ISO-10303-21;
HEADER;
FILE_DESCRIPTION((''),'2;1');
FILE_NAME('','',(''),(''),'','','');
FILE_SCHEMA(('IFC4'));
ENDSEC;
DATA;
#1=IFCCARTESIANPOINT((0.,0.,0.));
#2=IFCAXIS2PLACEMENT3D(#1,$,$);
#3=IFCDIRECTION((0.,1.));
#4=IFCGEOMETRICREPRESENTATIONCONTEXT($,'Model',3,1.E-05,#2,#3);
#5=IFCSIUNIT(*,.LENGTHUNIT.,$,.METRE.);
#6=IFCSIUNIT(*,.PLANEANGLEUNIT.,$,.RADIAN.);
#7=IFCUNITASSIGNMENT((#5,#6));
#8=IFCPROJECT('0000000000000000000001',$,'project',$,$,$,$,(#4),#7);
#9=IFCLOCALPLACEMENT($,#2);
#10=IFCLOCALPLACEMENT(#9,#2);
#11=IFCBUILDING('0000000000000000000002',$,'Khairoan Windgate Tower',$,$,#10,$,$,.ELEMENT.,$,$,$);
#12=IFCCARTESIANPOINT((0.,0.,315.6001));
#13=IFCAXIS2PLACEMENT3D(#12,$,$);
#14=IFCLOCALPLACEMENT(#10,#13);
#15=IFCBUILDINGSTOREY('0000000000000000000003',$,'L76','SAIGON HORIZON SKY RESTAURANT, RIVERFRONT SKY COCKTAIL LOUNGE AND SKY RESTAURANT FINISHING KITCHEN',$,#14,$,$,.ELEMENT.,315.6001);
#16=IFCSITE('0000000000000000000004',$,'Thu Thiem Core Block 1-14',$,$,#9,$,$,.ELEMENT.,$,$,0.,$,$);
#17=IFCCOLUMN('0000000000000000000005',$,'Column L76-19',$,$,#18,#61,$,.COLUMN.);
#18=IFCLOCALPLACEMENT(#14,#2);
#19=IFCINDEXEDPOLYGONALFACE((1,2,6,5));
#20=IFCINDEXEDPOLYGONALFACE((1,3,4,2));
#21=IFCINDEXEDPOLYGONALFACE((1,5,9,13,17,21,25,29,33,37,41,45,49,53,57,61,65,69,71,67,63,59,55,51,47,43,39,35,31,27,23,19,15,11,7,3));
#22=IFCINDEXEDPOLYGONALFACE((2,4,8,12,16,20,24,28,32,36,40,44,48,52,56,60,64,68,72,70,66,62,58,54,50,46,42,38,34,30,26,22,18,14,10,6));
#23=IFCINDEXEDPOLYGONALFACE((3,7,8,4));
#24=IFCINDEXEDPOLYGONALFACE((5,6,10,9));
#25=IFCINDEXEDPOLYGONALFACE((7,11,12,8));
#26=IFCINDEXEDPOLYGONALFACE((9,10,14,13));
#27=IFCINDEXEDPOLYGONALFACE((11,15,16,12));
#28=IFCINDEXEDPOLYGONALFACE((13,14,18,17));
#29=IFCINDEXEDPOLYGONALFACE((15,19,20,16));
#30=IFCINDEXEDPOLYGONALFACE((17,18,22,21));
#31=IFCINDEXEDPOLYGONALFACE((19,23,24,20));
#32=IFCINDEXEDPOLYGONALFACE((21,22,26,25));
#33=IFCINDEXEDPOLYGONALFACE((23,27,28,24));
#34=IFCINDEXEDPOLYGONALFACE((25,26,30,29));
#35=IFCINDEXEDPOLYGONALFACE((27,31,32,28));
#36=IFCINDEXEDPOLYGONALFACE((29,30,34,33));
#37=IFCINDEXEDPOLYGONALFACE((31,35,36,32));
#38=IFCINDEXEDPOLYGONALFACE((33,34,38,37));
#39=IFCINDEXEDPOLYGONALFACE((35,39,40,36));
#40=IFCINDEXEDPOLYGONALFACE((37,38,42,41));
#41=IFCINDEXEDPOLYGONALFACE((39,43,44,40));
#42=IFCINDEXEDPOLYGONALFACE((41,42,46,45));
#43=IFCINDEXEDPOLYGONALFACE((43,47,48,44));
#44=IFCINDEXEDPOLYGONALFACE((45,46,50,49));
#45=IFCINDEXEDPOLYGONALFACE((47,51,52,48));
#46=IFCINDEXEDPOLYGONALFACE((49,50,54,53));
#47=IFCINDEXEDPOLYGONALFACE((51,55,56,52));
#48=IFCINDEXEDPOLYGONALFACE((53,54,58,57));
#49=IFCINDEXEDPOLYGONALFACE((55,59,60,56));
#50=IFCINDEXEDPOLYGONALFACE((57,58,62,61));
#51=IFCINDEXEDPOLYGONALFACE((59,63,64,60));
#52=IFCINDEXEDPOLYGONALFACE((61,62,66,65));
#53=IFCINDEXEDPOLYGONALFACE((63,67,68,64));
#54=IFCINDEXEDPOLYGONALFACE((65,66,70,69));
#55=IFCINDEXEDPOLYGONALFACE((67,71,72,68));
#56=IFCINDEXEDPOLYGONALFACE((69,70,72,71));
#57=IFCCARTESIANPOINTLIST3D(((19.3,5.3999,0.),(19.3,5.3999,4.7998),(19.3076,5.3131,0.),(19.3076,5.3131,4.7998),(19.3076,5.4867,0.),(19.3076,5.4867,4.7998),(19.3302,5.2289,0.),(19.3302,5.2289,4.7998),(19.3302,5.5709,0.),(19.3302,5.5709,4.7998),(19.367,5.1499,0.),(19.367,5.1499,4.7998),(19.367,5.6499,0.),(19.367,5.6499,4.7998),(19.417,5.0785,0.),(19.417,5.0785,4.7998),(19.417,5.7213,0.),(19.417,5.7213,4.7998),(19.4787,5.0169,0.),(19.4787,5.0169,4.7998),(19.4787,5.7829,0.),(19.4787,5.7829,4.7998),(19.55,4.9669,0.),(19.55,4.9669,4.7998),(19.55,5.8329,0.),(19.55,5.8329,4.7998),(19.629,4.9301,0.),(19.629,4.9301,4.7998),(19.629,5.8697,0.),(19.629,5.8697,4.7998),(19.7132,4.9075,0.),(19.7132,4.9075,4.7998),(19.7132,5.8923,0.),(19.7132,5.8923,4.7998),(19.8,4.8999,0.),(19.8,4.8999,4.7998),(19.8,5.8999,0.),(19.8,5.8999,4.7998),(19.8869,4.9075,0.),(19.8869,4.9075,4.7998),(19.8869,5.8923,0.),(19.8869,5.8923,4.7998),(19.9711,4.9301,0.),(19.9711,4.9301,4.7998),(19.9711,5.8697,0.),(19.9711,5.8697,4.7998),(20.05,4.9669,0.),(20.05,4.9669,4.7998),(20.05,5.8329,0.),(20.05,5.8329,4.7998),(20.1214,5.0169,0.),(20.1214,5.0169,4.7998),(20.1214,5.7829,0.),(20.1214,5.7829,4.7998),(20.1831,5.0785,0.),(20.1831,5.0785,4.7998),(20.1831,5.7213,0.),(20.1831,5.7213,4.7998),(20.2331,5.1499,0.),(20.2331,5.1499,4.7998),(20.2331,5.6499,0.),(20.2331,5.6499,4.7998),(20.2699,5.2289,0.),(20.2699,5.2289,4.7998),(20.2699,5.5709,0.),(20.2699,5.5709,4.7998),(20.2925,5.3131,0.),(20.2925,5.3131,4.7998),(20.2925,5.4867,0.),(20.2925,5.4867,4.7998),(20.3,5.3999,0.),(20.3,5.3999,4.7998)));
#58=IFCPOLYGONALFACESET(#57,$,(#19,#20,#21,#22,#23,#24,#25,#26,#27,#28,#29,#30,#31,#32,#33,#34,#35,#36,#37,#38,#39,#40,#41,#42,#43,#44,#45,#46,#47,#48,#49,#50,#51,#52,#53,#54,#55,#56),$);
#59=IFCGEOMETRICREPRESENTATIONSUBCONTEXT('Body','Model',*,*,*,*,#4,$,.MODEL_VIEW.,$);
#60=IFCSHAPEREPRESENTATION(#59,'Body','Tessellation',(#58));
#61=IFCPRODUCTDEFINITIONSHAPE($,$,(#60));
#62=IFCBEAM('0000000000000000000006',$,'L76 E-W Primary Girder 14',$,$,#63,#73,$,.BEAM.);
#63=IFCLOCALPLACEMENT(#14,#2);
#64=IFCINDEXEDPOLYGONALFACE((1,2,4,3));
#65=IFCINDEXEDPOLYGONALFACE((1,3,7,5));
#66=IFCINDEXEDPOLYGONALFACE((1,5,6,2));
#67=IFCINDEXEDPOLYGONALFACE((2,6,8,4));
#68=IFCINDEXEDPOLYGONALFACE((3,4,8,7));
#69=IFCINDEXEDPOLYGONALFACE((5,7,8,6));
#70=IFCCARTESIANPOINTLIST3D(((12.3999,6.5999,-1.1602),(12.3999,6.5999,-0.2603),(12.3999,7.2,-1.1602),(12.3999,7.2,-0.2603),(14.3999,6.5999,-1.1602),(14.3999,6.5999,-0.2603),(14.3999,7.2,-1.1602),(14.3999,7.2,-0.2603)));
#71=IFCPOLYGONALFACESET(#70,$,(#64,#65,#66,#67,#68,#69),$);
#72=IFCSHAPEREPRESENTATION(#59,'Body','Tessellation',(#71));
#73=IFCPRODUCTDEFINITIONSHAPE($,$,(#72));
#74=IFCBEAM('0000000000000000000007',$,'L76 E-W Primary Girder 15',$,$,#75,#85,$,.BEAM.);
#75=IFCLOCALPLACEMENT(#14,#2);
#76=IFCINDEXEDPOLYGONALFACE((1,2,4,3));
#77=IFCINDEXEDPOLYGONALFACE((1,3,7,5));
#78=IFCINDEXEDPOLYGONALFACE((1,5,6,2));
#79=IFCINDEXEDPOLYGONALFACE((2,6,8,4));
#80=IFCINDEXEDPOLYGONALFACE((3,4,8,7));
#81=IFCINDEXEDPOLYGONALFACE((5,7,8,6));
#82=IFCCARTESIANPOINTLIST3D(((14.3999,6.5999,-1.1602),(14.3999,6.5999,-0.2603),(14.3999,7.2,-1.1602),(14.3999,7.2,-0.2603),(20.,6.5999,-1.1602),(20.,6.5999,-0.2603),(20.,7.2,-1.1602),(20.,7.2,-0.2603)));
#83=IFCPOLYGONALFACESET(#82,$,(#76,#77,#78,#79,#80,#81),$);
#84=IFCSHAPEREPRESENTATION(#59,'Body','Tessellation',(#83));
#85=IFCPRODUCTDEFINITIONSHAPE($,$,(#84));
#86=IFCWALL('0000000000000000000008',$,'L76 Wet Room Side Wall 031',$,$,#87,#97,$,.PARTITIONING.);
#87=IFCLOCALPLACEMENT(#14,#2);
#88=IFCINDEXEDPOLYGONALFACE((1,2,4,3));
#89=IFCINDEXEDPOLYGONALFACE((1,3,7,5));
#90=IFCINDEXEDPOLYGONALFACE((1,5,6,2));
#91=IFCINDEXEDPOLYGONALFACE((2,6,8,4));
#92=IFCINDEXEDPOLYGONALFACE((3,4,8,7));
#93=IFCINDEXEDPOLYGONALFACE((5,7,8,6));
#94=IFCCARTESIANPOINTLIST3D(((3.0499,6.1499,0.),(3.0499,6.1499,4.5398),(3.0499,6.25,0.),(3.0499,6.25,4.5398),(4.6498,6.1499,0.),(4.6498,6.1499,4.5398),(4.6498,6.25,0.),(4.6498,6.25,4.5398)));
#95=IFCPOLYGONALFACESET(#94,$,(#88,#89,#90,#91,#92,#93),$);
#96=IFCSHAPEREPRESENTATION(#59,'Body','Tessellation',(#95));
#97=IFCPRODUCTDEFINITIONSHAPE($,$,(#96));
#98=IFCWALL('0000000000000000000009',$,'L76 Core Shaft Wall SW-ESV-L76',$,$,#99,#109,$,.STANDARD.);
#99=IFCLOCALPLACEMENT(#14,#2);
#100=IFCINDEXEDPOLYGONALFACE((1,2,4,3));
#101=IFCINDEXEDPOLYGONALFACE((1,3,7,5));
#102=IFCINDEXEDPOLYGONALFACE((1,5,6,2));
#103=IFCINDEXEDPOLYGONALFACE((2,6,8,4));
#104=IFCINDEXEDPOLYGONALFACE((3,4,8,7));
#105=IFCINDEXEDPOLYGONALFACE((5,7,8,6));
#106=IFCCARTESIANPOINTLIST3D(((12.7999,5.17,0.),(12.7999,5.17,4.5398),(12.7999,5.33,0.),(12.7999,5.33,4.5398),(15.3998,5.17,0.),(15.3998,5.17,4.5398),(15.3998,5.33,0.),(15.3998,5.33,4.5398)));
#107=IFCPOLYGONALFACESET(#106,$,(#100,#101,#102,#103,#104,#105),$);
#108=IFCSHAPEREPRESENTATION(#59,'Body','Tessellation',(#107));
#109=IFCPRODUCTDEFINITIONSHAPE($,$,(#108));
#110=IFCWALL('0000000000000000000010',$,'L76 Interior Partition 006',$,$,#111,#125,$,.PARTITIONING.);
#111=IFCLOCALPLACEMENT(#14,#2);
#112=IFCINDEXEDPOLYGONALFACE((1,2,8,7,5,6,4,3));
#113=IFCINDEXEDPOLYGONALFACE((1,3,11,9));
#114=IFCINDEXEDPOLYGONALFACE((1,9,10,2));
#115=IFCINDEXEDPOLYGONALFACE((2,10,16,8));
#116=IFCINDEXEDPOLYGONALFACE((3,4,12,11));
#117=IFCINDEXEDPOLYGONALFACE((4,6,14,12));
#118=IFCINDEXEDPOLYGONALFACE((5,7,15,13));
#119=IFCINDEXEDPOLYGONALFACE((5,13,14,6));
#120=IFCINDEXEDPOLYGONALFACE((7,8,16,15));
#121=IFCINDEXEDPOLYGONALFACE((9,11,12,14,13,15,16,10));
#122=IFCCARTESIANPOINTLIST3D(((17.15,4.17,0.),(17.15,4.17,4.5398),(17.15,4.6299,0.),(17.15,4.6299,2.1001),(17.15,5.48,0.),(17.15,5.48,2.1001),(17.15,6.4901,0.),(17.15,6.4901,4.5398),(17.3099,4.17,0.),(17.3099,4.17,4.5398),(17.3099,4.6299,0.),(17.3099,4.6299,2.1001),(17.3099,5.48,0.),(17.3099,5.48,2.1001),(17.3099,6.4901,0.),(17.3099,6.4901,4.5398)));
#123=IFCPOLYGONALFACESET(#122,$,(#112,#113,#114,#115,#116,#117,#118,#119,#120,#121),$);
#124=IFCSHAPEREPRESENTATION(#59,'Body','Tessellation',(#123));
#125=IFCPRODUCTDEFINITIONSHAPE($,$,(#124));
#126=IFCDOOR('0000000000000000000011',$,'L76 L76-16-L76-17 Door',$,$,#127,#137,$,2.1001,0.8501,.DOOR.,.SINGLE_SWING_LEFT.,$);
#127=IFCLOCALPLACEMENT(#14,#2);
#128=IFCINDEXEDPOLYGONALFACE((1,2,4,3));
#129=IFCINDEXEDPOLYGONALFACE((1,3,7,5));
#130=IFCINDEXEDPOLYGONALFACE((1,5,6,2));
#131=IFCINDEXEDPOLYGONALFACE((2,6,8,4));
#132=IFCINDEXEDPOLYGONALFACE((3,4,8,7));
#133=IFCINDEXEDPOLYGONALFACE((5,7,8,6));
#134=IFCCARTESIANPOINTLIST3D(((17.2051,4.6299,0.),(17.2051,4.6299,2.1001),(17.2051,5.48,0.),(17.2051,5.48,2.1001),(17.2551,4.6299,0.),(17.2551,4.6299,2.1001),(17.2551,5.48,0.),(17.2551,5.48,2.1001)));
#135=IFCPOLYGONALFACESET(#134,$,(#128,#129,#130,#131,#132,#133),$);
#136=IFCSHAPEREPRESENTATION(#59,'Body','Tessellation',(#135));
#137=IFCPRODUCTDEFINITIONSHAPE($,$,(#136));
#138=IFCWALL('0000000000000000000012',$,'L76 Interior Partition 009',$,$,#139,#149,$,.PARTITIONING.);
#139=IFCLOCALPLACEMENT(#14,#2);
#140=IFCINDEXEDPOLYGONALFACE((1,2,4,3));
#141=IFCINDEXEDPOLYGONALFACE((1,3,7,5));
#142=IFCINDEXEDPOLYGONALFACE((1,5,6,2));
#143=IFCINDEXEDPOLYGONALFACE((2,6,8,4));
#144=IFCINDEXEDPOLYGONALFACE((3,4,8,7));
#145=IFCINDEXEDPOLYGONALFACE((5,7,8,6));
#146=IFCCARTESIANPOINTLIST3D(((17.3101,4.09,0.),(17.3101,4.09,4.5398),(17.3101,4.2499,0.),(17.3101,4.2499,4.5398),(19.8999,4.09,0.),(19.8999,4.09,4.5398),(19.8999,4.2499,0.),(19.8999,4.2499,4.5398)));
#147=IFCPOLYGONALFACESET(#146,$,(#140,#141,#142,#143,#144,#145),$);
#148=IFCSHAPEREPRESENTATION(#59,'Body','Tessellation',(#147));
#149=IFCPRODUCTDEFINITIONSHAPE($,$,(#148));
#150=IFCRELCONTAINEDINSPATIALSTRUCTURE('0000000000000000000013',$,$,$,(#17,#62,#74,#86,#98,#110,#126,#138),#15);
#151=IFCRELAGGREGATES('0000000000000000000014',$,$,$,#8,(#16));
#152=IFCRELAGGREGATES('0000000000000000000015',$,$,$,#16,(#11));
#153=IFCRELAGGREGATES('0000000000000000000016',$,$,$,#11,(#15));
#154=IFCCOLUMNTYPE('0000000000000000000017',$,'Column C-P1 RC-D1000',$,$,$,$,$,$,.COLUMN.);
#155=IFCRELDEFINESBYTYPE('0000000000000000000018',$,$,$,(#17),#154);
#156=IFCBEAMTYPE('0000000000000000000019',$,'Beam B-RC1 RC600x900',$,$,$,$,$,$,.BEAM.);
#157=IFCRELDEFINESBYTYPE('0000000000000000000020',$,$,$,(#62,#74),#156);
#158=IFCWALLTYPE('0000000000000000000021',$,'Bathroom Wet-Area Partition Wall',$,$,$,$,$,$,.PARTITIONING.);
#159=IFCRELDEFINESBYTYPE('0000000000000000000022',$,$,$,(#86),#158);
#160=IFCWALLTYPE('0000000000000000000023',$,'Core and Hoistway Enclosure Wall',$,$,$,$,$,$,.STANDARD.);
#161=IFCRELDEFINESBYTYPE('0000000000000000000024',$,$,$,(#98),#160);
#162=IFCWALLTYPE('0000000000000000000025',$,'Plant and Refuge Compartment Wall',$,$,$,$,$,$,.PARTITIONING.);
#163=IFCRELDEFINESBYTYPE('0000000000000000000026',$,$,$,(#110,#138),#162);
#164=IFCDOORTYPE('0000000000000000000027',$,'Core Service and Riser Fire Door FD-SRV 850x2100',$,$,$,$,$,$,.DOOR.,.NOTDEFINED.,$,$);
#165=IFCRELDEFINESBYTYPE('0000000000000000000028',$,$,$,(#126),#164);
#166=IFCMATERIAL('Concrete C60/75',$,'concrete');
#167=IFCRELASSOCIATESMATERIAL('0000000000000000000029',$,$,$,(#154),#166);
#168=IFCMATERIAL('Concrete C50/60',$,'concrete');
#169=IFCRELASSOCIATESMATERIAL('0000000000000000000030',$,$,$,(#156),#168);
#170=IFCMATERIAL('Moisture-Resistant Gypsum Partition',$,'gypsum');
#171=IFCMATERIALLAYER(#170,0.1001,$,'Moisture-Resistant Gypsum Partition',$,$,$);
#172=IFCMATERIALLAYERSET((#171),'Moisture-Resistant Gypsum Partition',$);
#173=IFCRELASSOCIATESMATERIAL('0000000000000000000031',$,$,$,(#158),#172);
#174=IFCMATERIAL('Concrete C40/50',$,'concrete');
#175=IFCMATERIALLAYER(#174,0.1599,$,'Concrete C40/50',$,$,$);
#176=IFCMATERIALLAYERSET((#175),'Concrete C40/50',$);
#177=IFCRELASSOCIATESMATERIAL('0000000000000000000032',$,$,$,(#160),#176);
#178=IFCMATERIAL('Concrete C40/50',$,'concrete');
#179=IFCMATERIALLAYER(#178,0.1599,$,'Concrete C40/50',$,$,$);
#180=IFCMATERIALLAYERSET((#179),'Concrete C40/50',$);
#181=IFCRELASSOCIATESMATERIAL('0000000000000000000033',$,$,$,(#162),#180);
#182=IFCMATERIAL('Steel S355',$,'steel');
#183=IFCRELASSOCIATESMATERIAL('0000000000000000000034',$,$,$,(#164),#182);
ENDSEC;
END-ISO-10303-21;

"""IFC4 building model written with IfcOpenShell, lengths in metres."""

from ifc_helpers import new_model, si_unit, direction, frame, frame_2d, origin, origin_2d, place, context, subcontext, project, spatial, rectangle, circle, extrude, material, layer, layer_set, material_profile, profile_set, type_object, element, fill, save


model = new_model("IFC4")

# Units and contexts
model_context = context("Model", 3, precision=1e-05, world=origin(), true_north=direction((0.0, 1.0)))
body_context = subcontext(model_context, "Body", "Model", "MODEL_VIEW")
ifc_project = project(units=[si_unit("LENGTHUNIT", "METRE"), si_unit("PLANEANGLEUNIT", "RADIAN")], contexts=[model_context])

# Site, building, storey
site_placement = place(None, origin())
site = spatial("IfcSite", under=ifc_project, at=site_placement, Name="Thu Thiem Core Block 1-14", CompositionType="ELEMENT", RefElevation=0.0)
building_placement = place(site_placement, origin())
building = spatial("IfcBuilding", under=site, at=building_placement, Name="Khairoan Windgate Tower", CompositionType="ELEMENT")
storey_placement = place(building_placement, frame((0.0, 0.0, 315.6001)))
storey = spatial("IfcBuildingStorey", under=building, at=storey_placement, Name="L76", Description="SAIGON HORIZON SKY RESTAURANT, RIVERFRONT SKY COCKTAIL LOUNGE AND SKY RESTAURANT FINISHING KITCHEN", CompositionType="ELEMENT", Elevation=315.6001)

# Column
ifc_material_1 = material(Name="Concrete C60/75", Category="concrete")
ifc_material_profile_1 = material_profile(ifc_material_1, circle(Radius=0.5, at=origin_2d()))
ifc_profile_set_1 = profile_set([ifc_material_profile_1], Name="Concrete C60/75")
column_type = type_object("IfcColumnType", Name="Column C-P1 RC-D1000", PredefinedType="COLUMN", material=ifc_profile_set_1)
column_placement = place(storey_placement, frame((19.8, 5.3999, 0.0), z_axis=(0.0, 0.0, 1.0), x_axis=(1.0, 0.0, 0.0)))
element("IfcColumn", 1, at=column_placement, inside=storey, type_object=column_type, Name="Column L76-19", PredefinedType="COLUMN", context=body_context, shape_type="SweptSolid", body=[
    extrude(circle(Radius=0.5, at=origin_2d()), origin(), (0.0, 0.0, 1.0), 4.7998),
])

# Beams
ifc_material_2 = material(Name="Concrete C50/60", Category="concrete")
ifc_material_profile_2 = material_profile(ifc_material_2, rectangle(XDim=0.6001, YDim=0.8999, at=origin_2d()))
ifc_profile_set_2 = profile_set([ifc_material_profile_2], Name="Concrete C50/60")
beam_type = type_object("IfcBeamType", Name="Beam B-RC1 RC600x900", PredefinedType="BEAM", material=ifc_profile_set_2)
beam_1_placement = place(storey_placement, frame((12.3999, 6.8999, -0.7102), z_axis=(1.0, 0.0, 0.0), x_axis=(0.0, 1.0, 0.0)))
element("IfcBeam", 2, at=beam_1_placement, inside=storey, type_object=beam_type, Name="L76 E-W Primary Girder 14", PredefinedType="BEAM", context=body_context, shape_type="SweptSolid", body=[
    extrude(rectangle(XDim=0.6001, YDim=0.8999, at=origin_2d()), origin(), (0.0, 0.0, 1.0), 2.0),
])
beam_2_placement = place(storey_placement, frame((14.3999, 6.8999, -0.7102), z_axis=(1.0, 0.0, 0.0), x_axis=(0.0, 1.0, 0.0)))
element("IfcBeam", 3, at=beam_2_placement, inside=storey, type_object=beam_type, Name="L76 E-W Primary Girder 15", PredefinedType="BEAM", context=body_context, shape_type="SweptSolid", body=[
    extrude(rectangle(XDim=0.6001, YDim=0.8999, at=origin_2d()), origin(), (0.0, 0.0, 1.0), 5.6001),
])

# Walls
ifc_material_3 = material(Name="Moisture-Resistant Gypsum Partition", Category="gypsum")
ifc_layer_1 = layer(ifc_material_3, 0.1001, Name="Moisture-Resistant Gypsum Partition")
ifc_layer_set_1 = layer_set([ifc_layer_1], Name="Moisture-Resistant Gypsum Partition")
wall_type_1 = type_object("IfcWallType", Name="Bathroom Wet-Area Partition Wall", PredefinedType="PARTITIONING", material=ifc_layer_set_1)
wall_1_placement = place(storey_placement, frame((3.05, 6.2, 0.0), z_axis=(0.0, 0.0, 1.0), x_axis=(1.0, 0.0, 0.0)))
element("IfcWall", 4, at=wall_1_placement, inside=storey, type_object=wall_type_1, Name="L76 Wet Room Side Wall 031", PredefinedType="PARTITIONING", context=body_context, shape_type="SweptSolid", body=[
    extrude(rectangle(XDim=1.5999, YDim=0.1001, at=frame_2d((0.7998, 0.0))), origin(), (0.0, 0.0, 1.0), 4.5398),
])
ifc_material_4 = material(Name="Concrete C40/50", Category="concrete")
ifc_layer_2 = layer(ifc_material_4, 0.1599, Name="Concrete C40/50")
ifc_layer_set_2 = layer_set([ifc_layer_2], Name="Concrete C40/50")
wall_type_2 = type_object("IfcWallType", Name="Core and Hoistway Enclosure Wall", PredefinedType="STANDARD", material=ifc_layer_set_2)
wall_2_placement = place(storey_placement, frame((12.8, 5.25, 0.0), z_axis=(0.0, 0.0, 1.0), x_axis=(1.0, 0.0, 0.0)))
element("IfcWall", 5, at=wall_2_placement, inside=storey, type_object=wall_type_2, Name="L76 Core Shaft Wall SW-ESV-L76", PredefinedType="STANDARD", context=body_context, shape_type="SweptSolid", body=[
    extrude(rectangle(XDim=2.5999, YDim=0.1599, at=frame_2d((1.2998, 0.0))), origin(), (0.0, 0.0, 1.0), 4.5398),
])

# Wall, opening, door
ifc_material_5 = material(Name="Concrete C40/50", Category="concrete")
ifc_layer_3 = layer(ifc_material_5, 0.1599, Name="Concrete C40/50")
ifc_layer_set_3 = layer_set([ifc_layer_3], Name="Concrete C40/50")
wall_type_3 = type_object("IfcWallType", Name="Plant and Refuge Compartment Wall", PredefinedType="PARTITIONING", material=ifc_layer_set_3)
wall_3_placement = place(storey_placement, frame((17.23, 4.1699, 0.0), z_axis=(0.0, 0.0, 1.0), x_axis=(0.0, 1.0, 0.0)))
wall_3 = element("IfcWall", 6, at=wall_3_placement, inside=storey, type_object=wall_type_3, Name="L76 Interior Partition 006", PredefinedType="PARTITIONING", context=body_context, shape_type="SweptSolid", body=[
    extrude(rectangle(XDim=2.3201, YDim=0.1599, at=frame_2d((1.1602, 0.0))), origin(), (0.0, 0.0, 1.0), 4.5398),
])
opening_placement = place(wall_3_placement, frame((0.46, 0.0, 0.0)))
opening = element("IfcOpeningElement", 7, at=opening_placement, cuts=wall_3, PredefinedType="OPENING", context=body_context, shape_type="SweptSolid", body=[
    extrude(rectangle(XDim=0.8501, YDim=2.1001, at=frame_2d((0.425, 1.05))), frame((0.0, 0.0898, 0.0), z_axis=(0.0, -1.0, 0.0), x_axis=(1.0, 0.0, 0.0)), (0.0, 0.0, 1.0), 0.1799),
])
ifc_material_6 = material(Name="Steel S355", Category="steel")
door_type = type_object("IfcDoorType", Name="Core Service and Riser Fire Door FD-SRV 850x2100", OperationType="NOTDEFINED", PredefinedType="DOOR", material=ifc_material_6)
door_placement = place(opening_placement, origin())
door = element("IfcDoor", 8, at=door_placement, inside=storey, type_object=door_type, Name="L76 L76-16-L76-17 Door", OperationType="SINGLE_SWING_LEFT", OverallHeight=2.1001, OverallWidth=0.8501, PredefinedType="DOOR", context=body_context, shape_type="SweptSolid", body=[
    extrude(rectangle(XDim=0.8501, YDim=2.1001, at=frame_2d((0.425, 1.05))), frame((0.0, 0.0249, 0.0), z_axis=(0.0, -1.0, 0.0), x_axis=(1.0, 0.0, 0.0)), (0.0, 0.0, 1.0), 0.05),
])
fill(opening, door)

# Wall
wall_4_placement = place(storey_placement, frame((17.3101, 4.1699, 0.0), z_axis=(0.0, 0.0, 1.0), x_axis=(1.0, 0.0, 0.0)))
element("IfcWall", 9, at=wall_4_placement, inside=storey, type_object=wall_type_3, Name="L76 Interior Partition 009", PredefinedType="PARTITIONING", context=body_context, shape_type="SweptSolid", body=[
    extrude(rectangle(XDim=2.5898, YDim=0.1599, at=frame_2d((1.2949, 0.0))), origin(), (0.0, 0.0, 1.0), 4.5398),
])

save(model, "model.ifc")
